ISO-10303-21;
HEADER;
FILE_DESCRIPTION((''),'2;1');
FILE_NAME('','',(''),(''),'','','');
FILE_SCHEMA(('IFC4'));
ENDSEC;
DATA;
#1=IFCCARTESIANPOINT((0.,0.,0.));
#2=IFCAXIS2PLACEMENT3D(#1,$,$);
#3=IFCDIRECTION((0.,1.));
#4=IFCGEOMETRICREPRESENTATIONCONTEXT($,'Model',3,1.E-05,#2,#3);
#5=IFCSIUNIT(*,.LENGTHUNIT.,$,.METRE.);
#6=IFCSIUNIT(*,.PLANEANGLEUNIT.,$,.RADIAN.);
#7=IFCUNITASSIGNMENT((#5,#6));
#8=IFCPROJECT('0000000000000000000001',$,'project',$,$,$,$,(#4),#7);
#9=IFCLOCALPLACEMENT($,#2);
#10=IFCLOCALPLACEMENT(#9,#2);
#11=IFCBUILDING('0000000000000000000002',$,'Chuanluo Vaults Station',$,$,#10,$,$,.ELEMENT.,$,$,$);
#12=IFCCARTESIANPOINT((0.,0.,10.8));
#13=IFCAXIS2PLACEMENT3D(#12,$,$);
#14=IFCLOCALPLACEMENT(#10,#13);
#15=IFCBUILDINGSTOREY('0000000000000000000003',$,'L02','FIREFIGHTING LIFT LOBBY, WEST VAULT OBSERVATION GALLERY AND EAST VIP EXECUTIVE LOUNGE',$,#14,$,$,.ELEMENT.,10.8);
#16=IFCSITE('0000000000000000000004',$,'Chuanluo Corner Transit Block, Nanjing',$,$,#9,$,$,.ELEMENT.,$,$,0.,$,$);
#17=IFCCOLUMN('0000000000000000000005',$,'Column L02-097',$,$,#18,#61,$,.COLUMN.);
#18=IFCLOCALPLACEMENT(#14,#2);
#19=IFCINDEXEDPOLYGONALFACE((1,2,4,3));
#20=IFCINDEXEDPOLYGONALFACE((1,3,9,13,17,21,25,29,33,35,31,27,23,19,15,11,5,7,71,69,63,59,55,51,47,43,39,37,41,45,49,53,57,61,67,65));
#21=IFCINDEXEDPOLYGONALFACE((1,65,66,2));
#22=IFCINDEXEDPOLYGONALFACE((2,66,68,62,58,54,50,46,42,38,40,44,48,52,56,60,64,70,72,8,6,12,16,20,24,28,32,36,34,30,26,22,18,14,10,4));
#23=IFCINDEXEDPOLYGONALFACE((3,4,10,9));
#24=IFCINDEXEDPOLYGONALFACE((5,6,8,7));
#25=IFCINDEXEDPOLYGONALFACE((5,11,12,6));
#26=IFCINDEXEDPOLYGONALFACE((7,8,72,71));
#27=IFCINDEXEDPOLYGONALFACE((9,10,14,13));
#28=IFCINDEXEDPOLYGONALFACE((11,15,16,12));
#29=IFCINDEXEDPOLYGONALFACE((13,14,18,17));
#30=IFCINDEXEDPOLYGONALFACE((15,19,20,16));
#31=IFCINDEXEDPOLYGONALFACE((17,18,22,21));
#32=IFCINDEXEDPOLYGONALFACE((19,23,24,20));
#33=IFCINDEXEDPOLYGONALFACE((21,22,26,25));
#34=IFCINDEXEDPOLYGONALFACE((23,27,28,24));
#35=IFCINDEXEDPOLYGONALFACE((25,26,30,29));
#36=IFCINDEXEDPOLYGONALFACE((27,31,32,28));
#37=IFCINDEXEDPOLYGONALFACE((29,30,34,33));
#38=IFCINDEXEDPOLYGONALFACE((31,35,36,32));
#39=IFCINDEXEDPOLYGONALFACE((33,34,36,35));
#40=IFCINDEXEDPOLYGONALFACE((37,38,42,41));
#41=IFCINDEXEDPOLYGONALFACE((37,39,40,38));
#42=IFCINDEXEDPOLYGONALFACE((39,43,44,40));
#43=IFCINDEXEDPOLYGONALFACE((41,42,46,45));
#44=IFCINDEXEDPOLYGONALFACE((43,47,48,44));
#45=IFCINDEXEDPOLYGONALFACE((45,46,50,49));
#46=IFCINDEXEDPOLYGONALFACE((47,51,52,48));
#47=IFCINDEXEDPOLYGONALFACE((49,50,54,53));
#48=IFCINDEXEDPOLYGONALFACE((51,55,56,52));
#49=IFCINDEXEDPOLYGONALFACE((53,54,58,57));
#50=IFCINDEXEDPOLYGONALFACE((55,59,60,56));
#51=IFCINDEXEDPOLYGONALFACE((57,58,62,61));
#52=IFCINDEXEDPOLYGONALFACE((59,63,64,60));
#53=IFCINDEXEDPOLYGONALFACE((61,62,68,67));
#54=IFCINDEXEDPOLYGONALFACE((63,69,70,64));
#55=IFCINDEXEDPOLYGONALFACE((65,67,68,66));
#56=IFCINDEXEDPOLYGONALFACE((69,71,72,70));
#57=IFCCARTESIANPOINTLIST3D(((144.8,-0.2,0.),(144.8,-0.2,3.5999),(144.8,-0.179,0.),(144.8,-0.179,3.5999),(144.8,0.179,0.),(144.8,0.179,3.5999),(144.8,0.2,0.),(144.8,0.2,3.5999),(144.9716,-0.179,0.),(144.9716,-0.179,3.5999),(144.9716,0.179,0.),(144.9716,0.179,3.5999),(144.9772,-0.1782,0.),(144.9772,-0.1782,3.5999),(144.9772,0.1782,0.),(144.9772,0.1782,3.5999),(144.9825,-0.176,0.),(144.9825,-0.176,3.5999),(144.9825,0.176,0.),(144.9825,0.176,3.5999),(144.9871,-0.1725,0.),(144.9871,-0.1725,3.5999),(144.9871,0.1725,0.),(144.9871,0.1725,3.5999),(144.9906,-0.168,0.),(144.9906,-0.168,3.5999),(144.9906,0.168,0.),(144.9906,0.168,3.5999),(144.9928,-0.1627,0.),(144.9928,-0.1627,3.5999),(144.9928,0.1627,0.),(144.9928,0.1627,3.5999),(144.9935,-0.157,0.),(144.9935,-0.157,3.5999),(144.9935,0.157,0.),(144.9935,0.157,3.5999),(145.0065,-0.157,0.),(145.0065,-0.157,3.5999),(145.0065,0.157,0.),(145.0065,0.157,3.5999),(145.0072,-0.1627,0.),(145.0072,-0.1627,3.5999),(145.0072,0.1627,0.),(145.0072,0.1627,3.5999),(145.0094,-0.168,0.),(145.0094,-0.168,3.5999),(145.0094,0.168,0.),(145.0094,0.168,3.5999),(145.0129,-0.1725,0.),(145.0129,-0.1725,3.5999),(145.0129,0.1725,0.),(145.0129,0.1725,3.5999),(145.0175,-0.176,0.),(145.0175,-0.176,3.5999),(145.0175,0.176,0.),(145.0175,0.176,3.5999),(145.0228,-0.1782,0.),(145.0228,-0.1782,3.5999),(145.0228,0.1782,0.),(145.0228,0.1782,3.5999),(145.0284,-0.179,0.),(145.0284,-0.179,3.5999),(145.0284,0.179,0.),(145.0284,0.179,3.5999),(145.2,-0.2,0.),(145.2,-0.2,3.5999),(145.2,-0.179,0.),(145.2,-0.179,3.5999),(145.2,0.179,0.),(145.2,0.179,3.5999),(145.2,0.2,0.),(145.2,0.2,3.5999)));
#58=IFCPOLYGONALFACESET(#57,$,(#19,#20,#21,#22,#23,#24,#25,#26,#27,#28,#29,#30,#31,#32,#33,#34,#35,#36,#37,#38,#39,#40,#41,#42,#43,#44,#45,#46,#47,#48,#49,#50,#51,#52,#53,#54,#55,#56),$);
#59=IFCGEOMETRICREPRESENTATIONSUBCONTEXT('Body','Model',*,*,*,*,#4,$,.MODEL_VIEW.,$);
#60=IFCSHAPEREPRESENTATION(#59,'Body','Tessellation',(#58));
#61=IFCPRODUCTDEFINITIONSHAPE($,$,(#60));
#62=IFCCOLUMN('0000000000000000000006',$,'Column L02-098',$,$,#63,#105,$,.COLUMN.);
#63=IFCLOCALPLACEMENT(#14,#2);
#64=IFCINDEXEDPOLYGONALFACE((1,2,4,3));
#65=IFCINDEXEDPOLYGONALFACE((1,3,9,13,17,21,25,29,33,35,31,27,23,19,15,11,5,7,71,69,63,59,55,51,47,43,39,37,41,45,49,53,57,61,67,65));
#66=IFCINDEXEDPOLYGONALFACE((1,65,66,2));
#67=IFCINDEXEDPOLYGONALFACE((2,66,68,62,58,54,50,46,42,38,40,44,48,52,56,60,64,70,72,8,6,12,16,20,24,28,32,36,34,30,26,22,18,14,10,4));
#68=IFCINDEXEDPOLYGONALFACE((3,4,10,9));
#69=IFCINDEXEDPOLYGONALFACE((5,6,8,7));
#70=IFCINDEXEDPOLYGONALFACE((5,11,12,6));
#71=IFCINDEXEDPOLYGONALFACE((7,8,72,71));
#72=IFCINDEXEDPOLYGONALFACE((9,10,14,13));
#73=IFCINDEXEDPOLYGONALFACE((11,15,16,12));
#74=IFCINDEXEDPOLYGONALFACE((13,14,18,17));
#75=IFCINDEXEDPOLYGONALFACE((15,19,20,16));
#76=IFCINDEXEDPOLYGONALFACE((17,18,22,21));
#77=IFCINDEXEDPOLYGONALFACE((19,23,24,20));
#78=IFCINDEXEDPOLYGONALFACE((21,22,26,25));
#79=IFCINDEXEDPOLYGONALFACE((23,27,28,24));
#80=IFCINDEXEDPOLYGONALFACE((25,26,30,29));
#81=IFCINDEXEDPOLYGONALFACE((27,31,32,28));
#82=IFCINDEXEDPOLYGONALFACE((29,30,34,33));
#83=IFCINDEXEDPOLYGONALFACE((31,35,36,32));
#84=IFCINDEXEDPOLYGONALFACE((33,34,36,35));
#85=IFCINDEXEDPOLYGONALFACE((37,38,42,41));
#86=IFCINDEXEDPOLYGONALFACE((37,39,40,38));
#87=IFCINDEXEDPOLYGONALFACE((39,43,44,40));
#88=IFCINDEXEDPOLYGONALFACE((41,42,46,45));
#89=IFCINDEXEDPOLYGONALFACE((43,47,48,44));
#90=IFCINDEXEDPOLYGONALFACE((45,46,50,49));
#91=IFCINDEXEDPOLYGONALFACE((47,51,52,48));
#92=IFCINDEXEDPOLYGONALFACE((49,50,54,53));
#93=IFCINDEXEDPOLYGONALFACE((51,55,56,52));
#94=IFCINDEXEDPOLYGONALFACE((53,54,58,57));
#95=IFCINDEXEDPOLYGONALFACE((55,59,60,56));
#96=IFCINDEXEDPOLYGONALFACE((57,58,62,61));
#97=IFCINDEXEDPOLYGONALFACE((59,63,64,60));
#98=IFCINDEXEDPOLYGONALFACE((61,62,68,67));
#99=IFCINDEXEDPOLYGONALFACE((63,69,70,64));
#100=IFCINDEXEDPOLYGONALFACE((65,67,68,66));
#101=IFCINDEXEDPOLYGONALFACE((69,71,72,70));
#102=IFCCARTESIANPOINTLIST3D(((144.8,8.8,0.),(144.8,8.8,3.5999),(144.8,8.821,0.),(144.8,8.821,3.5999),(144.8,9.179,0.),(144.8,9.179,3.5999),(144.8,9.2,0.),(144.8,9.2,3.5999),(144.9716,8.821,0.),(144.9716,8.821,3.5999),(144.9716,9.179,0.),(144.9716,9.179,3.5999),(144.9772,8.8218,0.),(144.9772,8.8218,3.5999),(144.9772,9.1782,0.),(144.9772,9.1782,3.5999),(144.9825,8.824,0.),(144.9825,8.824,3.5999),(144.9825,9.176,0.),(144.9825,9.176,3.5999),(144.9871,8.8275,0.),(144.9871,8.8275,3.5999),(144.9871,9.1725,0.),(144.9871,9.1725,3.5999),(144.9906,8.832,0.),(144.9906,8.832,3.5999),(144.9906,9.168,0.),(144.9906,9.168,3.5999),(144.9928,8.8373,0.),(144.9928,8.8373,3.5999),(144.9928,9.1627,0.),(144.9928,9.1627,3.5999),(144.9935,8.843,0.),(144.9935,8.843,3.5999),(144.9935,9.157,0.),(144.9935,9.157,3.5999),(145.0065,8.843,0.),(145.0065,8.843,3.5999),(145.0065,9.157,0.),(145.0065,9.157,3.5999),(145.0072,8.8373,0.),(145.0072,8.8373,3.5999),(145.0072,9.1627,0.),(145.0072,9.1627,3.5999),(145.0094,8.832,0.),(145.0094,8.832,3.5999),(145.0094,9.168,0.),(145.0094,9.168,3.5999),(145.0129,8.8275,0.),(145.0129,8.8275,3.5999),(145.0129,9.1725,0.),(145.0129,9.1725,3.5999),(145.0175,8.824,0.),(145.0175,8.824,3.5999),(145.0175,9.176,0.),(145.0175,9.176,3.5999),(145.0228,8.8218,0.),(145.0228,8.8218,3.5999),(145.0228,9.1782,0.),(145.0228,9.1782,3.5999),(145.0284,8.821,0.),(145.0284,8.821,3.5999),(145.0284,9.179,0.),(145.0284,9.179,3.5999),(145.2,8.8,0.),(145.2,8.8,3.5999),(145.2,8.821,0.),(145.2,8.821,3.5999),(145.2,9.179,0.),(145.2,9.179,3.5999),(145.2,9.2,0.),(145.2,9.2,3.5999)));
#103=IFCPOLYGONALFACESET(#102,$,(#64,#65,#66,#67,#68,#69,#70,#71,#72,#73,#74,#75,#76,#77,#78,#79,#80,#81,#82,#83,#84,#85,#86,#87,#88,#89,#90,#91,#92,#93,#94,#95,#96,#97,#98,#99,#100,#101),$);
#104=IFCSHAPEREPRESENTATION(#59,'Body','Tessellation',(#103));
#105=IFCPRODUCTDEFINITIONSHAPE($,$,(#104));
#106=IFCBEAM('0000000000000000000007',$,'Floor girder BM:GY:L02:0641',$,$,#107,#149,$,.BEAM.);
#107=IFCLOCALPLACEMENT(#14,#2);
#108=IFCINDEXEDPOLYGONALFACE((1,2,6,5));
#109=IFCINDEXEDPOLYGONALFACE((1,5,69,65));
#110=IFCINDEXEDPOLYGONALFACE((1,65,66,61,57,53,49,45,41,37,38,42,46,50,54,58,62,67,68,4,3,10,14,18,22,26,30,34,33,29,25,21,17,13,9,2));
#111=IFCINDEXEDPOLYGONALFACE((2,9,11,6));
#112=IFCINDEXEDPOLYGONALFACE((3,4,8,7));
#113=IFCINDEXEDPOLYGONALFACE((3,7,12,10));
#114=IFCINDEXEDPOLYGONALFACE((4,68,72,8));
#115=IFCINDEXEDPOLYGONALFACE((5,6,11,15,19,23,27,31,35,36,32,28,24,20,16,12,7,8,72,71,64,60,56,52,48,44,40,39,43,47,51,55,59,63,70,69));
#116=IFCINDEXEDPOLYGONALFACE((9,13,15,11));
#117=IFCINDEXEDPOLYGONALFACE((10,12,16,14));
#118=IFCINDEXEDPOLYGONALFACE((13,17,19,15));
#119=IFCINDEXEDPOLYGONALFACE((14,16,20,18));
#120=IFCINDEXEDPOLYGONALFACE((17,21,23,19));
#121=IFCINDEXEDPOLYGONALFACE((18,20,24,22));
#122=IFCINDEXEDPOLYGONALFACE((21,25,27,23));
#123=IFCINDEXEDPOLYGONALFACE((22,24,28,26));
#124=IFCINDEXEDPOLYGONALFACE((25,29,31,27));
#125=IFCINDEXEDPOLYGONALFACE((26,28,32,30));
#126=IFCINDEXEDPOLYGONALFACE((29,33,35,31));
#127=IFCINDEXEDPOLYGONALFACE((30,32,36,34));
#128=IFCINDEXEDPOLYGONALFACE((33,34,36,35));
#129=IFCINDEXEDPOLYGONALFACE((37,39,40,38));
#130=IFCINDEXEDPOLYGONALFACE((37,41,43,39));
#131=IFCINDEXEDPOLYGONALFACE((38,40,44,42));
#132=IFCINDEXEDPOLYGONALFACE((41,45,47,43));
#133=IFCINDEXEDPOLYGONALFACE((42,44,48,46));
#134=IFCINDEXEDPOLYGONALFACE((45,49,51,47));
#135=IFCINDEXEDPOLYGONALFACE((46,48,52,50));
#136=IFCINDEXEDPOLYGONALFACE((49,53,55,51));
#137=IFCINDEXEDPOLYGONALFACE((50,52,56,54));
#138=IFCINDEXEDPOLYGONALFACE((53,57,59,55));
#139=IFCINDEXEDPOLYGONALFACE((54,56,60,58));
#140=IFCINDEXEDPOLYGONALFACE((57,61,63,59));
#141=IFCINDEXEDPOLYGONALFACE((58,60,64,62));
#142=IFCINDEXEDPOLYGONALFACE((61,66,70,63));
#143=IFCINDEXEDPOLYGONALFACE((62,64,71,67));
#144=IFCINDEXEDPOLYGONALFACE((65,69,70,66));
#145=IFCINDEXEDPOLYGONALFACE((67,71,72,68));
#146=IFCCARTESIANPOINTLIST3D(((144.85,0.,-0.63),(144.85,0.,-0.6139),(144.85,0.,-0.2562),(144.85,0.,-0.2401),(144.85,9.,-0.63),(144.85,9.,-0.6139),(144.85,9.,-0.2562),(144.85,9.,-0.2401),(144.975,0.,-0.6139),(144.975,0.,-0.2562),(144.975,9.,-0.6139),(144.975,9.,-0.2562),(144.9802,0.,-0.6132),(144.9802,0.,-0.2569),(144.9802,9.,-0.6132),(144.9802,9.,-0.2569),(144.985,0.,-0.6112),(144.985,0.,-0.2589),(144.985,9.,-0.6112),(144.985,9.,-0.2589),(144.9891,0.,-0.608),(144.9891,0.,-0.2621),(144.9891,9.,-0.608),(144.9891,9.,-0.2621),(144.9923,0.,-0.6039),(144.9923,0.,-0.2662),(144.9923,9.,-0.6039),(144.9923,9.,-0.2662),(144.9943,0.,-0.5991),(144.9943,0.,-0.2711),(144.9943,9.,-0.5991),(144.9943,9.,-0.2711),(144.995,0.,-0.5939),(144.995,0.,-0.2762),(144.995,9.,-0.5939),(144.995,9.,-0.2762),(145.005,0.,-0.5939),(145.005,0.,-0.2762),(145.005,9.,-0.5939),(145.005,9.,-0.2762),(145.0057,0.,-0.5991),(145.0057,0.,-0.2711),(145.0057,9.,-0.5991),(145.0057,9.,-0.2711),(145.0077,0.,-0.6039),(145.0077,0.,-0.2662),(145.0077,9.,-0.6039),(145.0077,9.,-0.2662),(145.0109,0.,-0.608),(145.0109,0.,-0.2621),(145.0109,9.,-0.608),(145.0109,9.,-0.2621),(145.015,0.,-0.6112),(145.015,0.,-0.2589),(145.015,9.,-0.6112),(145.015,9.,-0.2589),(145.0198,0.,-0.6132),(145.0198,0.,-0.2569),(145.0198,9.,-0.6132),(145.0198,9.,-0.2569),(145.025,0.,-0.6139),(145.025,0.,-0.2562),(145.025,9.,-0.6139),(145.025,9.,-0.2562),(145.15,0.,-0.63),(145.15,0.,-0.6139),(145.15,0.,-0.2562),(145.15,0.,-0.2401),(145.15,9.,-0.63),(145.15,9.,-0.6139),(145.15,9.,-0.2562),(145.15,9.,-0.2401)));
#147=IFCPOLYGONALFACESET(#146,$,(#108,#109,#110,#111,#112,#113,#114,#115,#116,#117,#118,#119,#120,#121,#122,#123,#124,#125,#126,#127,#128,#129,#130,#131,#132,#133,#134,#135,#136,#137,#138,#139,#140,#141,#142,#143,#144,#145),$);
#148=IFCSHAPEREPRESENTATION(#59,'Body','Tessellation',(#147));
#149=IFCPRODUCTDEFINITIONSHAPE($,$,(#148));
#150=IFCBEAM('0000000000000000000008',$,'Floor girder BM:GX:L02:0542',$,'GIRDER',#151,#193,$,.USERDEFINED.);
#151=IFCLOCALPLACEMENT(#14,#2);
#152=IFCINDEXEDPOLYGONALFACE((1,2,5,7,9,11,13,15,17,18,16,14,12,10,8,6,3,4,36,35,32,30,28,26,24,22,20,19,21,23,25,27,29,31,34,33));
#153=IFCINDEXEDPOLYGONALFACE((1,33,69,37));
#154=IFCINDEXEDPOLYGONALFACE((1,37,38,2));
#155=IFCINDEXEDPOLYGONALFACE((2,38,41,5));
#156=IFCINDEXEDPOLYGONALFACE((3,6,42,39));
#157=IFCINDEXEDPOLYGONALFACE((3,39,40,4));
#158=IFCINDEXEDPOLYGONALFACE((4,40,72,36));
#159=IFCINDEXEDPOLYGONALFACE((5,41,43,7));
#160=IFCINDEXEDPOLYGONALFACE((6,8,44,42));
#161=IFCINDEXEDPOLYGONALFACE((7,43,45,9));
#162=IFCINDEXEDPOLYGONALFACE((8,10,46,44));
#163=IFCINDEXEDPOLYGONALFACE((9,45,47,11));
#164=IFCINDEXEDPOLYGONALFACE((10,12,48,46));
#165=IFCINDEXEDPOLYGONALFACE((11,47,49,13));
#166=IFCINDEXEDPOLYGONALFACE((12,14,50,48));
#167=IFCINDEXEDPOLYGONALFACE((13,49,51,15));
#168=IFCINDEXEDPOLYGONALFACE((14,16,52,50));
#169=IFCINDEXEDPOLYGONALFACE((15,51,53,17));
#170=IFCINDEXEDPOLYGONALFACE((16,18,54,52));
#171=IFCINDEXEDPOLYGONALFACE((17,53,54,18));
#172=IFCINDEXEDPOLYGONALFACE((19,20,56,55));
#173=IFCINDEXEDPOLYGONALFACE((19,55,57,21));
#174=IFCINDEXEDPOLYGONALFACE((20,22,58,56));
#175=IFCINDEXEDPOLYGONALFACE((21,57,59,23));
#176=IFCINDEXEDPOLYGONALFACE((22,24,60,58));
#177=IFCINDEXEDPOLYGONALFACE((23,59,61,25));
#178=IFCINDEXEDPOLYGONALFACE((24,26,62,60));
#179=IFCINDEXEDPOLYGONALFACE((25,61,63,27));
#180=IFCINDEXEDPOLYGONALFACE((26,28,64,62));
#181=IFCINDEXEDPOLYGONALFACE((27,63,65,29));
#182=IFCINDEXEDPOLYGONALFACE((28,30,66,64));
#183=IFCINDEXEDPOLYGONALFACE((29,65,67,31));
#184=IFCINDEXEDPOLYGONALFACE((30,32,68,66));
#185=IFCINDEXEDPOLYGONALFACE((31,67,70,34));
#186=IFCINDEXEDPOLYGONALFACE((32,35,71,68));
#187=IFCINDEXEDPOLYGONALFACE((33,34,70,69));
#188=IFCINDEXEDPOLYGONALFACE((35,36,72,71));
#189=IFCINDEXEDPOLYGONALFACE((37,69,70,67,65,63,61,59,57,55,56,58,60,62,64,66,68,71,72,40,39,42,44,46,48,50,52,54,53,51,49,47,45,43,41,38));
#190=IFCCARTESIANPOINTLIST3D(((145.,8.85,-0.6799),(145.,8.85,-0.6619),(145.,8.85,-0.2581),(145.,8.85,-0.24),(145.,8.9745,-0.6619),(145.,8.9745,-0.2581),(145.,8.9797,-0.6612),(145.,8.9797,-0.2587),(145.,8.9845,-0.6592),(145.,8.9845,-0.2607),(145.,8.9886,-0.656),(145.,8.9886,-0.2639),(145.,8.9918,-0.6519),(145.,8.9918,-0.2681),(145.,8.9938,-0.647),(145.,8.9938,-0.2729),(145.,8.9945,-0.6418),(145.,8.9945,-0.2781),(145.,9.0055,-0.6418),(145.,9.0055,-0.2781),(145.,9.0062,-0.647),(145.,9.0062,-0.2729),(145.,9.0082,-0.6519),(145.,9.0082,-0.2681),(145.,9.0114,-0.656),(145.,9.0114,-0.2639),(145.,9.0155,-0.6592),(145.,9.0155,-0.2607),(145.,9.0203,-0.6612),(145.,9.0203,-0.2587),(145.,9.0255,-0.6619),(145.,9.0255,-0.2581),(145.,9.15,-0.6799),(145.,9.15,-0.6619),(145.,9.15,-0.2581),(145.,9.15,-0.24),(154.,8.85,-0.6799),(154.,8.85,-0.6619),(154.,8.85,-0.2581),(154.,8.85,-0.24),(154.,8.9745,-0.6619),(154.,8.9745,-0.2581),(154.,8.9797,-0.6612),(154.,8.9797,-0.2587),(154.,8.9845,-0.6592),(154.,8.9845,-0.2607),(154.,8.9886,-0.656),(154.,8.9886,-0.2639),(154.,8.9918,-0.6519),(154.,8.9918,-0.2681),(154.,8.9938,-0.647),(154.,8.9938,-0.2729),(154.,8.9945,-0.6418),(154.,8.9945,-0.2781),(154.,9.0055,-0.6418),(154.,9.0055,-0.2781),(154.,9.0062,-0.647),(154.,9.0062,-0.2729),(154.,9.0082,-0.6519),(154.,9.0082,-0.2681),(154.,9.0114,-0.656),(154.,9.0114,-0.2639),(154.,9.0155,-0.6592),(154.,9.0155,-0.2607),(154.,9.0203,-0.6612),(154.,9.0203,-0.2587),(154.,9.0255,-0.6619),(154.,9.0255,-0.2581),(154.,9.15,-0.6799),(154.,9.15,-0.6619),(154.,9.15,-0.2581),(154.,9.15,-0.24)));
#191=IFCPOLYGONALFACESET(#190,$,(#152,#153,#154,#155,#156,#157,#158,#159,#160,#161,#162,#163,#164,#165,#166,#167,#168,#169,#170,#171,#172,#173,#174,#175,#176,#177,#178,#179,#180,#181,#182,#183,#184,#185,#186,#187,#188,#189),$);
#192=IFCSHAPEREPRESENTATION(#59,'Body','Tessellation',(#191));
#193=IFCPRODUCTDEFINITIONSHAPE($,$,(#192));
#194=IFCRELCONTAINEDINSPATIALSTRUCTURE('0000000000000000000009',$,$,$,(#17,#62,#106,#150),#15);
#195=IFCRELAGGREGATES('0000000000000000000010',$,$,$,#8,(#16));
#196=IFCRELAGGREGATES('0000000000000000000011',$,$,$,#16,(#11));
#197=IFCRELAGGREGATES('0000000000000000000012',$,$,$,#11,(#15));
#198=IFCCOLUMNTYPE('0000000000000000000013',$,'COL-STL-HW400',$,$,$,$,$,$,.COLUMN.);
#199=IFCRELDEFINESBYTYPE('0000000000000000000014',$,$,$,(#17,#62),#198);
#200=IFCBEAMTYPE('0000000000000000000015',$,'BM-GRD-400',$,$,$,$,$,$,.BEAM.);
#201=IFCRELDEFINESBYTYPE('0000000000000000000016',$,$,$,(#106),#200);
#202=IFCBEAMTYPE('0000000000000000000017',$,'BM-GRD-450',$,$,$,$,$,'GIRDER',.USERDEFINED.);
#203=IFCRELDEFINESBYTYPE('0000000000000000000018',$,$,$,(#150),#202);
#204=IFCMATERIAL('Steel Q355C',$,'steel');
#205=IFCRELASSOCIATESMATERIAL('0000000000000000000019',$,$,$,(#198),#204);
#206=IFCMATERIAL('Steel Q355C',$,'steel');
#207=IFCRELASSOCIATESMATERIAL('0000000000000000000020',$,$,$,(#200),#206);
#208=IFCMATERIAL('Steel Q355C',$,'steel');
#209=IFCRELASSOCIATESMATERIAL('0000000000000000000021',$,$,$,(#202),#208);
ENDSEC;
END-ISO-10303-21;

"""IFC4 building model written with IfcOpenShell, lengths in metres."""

from ifc_helpers import new_model, si_unit, direction, frame, origin, origin_2d, place, context, subcontext, project, spatial, i_section, extrude, material, material_profile, profile_set, type_object, element, save


model = new_model("IFC4")

# Units and contexts
model_context = context("Model", 3, precision=1e-05, world=origin(), true_north=direction((0.0, 1.0)))
body_context = subcontext(model_context, "Body", "Model", "MODEL_VIEW")
ifc_project = project(units=[si_unit("LENGTHUNIT", "METRE"), si_unit("PLANEANGLEUNIT", "RADIAN")], contexts=[model_context])

# Site, building, storey
site_placement = place(None, origin())
site = spatial("IfcSite", under=ifc_project, at=site_placement, Name="Chuanluo Corner Transit Block, Nanjing", CompositionType="ELEMENT", RefElevation=0.0)
building_placement = place(site_placement, origin())
building = spatial("IfcBuilding", under=site, at=building_placement, Name="Chuanluo Vaults Station", CompositionType="ELEMENT")
storey_placement = place(building_placement, frame((0.0, 0.0, 10.8)))
storey = spatial("IfcBuildingStorey", under=building, at=storey_placement, Name="L02", Description="FIREFIGHTING LIFT LOBBY, WEST VAULT OBSERVATION GALLERY AND EAST VIP EXECUTIVE LOUNGE", CompositionType="ELEMENT", Elevation=10.8)

# Columns
ifc_material_1 = material(Name="Steel Q355C", Category="steel")
ifc_material_profile_1 = material_profile(ifc_material_1, i_section(OverallWidth=0.3999, OverallDepth=0.3999, WebThickness=0.0129, FlangeThickness=0.021, FilletRadius=0.022, at=origin_2d()))
ifc_profile_set_1 = profile_set([ifc_material_profile_1], Name="Steel Q355C")
column_type = type_object("IfcColumnType", Name="COL-STL-HW400", PredefinedType="COLUMN", material=ifc_profile_set_1)
for number, where, z_axis, x_axis, name in (
    (1, (145.0, 0.0, 0.0), (0.0, 0.0, 1.0), (1.0, 0.0, 0.0), "Column L02-097"),
    (2, (145.0, 9.0, 0.0), (0.0, 0.0, 1.0), (1.0, 0.0, 0.0), "Column L02-098"),
):
    element("IfcColumn", number, at=place(storey_placement, frame(where, z_axis=z_axis, x_axis=x_axis)), inside=storey, type_object=column_type, Name=name, PredefinedType="COLUMN", context=body_context, shape_type="SweptSolid", body=[
        extrude(i_section(OverallWidth=0.3999, OverallDepth=0.3999, WebThickness=0.0129, FlangeThickness=0.021, FilletRadius=0.022, at=origin_2d()), origin(), (0.0, 0.0, 1.0), 3.5999),
    ])

# Beams
ifc_material_2 = material(Name="Steel Q355C", Category="steel")
ifc_material_profile_2 = material_profile(ifc_material_2, i_section(OverallWidth=0.3, OverallDepth=0.3899, WebThickness=0.01, FlangeThickness=0.0161, FilletRadius=0.02, at=origin_2d()))
ifc_profile_set_2 = profile_set([ifc_material_profile_2], Name="Steel Q355C")
beam_type_1 = type_object("IfcBeamType", Name="BM-GRD-400", PredefinedType="BEAM", material=ifc_profile_set_2)
beam_1_placement = place(storey_placement, frame((145.0, 0.0, -0.4351), z_axis=(0.0, 1.0, 0.0), x_axis=(-1.0, 0.0, 0.0)))
element("IfcBeam", 3, at=beam_1_placement, inside=storey, type_object=beam_type_1, Name="Floor girder BM:GY:L02:0641", PredefinedType="BEAM", context=body_context, shape_type="SweptSolid", body=[
    extrude(i_section(OverallWidth=0.3, OverallDepth=0.3899, WebThickness=0.01, FlangeThickness=0.0161, FilletRadius=0.02, at=origin_2d()), origin(), (0.0, 0.0, 1.0), 9.0),
])
ifc_material_3 = material(Name="Steel Q355C", Category="steel")
ifc_material_profile_3 = material_profile(ifc_material_3, i_section(OverallWidth=0.3, OverallDepth=0.4399, WebThickness=0.011, FlangeThickness=0.0181, FilletRadius=0.02, at=origin_2d()))
ifc_profile_set_3 = profile_set([ifc_material_profile_3], Name="Steel Q355C")
beam_type_2 = type_object("IfcBeamType", Name="BM-GRD-450", ElementType="GIRDER", PredefinedType="USERDEFINED", material=ifc_profile_set_3)
beam_2_placement = place(storey_placement, frame((145.0, 9.0, -0.46), z_axis=(1.0, 0.0, 0.0), x_axis=(0.0, 1.0, 0.0)))
element("IfcBeam", 4, at=beam_2_placement, inside=storey, type_object=beam_type_2, Name="Floor girder BM:GX:L02:0542", ObjectType="GIRDER", PredefinedType="USERDEFINED", context=body_context, shape_type="SweptSolid", body=[
    extrude(i_section(OverallWidth=0.3, OverallDepth=0.4399, WebThickness=0.011, FlangeThickness=0.0181, FilletRadius=0.02, at=origin_2d()), origin(), (0.0, 0.0, 1.0), 9.0),
])

save(model, "model.ifc")
